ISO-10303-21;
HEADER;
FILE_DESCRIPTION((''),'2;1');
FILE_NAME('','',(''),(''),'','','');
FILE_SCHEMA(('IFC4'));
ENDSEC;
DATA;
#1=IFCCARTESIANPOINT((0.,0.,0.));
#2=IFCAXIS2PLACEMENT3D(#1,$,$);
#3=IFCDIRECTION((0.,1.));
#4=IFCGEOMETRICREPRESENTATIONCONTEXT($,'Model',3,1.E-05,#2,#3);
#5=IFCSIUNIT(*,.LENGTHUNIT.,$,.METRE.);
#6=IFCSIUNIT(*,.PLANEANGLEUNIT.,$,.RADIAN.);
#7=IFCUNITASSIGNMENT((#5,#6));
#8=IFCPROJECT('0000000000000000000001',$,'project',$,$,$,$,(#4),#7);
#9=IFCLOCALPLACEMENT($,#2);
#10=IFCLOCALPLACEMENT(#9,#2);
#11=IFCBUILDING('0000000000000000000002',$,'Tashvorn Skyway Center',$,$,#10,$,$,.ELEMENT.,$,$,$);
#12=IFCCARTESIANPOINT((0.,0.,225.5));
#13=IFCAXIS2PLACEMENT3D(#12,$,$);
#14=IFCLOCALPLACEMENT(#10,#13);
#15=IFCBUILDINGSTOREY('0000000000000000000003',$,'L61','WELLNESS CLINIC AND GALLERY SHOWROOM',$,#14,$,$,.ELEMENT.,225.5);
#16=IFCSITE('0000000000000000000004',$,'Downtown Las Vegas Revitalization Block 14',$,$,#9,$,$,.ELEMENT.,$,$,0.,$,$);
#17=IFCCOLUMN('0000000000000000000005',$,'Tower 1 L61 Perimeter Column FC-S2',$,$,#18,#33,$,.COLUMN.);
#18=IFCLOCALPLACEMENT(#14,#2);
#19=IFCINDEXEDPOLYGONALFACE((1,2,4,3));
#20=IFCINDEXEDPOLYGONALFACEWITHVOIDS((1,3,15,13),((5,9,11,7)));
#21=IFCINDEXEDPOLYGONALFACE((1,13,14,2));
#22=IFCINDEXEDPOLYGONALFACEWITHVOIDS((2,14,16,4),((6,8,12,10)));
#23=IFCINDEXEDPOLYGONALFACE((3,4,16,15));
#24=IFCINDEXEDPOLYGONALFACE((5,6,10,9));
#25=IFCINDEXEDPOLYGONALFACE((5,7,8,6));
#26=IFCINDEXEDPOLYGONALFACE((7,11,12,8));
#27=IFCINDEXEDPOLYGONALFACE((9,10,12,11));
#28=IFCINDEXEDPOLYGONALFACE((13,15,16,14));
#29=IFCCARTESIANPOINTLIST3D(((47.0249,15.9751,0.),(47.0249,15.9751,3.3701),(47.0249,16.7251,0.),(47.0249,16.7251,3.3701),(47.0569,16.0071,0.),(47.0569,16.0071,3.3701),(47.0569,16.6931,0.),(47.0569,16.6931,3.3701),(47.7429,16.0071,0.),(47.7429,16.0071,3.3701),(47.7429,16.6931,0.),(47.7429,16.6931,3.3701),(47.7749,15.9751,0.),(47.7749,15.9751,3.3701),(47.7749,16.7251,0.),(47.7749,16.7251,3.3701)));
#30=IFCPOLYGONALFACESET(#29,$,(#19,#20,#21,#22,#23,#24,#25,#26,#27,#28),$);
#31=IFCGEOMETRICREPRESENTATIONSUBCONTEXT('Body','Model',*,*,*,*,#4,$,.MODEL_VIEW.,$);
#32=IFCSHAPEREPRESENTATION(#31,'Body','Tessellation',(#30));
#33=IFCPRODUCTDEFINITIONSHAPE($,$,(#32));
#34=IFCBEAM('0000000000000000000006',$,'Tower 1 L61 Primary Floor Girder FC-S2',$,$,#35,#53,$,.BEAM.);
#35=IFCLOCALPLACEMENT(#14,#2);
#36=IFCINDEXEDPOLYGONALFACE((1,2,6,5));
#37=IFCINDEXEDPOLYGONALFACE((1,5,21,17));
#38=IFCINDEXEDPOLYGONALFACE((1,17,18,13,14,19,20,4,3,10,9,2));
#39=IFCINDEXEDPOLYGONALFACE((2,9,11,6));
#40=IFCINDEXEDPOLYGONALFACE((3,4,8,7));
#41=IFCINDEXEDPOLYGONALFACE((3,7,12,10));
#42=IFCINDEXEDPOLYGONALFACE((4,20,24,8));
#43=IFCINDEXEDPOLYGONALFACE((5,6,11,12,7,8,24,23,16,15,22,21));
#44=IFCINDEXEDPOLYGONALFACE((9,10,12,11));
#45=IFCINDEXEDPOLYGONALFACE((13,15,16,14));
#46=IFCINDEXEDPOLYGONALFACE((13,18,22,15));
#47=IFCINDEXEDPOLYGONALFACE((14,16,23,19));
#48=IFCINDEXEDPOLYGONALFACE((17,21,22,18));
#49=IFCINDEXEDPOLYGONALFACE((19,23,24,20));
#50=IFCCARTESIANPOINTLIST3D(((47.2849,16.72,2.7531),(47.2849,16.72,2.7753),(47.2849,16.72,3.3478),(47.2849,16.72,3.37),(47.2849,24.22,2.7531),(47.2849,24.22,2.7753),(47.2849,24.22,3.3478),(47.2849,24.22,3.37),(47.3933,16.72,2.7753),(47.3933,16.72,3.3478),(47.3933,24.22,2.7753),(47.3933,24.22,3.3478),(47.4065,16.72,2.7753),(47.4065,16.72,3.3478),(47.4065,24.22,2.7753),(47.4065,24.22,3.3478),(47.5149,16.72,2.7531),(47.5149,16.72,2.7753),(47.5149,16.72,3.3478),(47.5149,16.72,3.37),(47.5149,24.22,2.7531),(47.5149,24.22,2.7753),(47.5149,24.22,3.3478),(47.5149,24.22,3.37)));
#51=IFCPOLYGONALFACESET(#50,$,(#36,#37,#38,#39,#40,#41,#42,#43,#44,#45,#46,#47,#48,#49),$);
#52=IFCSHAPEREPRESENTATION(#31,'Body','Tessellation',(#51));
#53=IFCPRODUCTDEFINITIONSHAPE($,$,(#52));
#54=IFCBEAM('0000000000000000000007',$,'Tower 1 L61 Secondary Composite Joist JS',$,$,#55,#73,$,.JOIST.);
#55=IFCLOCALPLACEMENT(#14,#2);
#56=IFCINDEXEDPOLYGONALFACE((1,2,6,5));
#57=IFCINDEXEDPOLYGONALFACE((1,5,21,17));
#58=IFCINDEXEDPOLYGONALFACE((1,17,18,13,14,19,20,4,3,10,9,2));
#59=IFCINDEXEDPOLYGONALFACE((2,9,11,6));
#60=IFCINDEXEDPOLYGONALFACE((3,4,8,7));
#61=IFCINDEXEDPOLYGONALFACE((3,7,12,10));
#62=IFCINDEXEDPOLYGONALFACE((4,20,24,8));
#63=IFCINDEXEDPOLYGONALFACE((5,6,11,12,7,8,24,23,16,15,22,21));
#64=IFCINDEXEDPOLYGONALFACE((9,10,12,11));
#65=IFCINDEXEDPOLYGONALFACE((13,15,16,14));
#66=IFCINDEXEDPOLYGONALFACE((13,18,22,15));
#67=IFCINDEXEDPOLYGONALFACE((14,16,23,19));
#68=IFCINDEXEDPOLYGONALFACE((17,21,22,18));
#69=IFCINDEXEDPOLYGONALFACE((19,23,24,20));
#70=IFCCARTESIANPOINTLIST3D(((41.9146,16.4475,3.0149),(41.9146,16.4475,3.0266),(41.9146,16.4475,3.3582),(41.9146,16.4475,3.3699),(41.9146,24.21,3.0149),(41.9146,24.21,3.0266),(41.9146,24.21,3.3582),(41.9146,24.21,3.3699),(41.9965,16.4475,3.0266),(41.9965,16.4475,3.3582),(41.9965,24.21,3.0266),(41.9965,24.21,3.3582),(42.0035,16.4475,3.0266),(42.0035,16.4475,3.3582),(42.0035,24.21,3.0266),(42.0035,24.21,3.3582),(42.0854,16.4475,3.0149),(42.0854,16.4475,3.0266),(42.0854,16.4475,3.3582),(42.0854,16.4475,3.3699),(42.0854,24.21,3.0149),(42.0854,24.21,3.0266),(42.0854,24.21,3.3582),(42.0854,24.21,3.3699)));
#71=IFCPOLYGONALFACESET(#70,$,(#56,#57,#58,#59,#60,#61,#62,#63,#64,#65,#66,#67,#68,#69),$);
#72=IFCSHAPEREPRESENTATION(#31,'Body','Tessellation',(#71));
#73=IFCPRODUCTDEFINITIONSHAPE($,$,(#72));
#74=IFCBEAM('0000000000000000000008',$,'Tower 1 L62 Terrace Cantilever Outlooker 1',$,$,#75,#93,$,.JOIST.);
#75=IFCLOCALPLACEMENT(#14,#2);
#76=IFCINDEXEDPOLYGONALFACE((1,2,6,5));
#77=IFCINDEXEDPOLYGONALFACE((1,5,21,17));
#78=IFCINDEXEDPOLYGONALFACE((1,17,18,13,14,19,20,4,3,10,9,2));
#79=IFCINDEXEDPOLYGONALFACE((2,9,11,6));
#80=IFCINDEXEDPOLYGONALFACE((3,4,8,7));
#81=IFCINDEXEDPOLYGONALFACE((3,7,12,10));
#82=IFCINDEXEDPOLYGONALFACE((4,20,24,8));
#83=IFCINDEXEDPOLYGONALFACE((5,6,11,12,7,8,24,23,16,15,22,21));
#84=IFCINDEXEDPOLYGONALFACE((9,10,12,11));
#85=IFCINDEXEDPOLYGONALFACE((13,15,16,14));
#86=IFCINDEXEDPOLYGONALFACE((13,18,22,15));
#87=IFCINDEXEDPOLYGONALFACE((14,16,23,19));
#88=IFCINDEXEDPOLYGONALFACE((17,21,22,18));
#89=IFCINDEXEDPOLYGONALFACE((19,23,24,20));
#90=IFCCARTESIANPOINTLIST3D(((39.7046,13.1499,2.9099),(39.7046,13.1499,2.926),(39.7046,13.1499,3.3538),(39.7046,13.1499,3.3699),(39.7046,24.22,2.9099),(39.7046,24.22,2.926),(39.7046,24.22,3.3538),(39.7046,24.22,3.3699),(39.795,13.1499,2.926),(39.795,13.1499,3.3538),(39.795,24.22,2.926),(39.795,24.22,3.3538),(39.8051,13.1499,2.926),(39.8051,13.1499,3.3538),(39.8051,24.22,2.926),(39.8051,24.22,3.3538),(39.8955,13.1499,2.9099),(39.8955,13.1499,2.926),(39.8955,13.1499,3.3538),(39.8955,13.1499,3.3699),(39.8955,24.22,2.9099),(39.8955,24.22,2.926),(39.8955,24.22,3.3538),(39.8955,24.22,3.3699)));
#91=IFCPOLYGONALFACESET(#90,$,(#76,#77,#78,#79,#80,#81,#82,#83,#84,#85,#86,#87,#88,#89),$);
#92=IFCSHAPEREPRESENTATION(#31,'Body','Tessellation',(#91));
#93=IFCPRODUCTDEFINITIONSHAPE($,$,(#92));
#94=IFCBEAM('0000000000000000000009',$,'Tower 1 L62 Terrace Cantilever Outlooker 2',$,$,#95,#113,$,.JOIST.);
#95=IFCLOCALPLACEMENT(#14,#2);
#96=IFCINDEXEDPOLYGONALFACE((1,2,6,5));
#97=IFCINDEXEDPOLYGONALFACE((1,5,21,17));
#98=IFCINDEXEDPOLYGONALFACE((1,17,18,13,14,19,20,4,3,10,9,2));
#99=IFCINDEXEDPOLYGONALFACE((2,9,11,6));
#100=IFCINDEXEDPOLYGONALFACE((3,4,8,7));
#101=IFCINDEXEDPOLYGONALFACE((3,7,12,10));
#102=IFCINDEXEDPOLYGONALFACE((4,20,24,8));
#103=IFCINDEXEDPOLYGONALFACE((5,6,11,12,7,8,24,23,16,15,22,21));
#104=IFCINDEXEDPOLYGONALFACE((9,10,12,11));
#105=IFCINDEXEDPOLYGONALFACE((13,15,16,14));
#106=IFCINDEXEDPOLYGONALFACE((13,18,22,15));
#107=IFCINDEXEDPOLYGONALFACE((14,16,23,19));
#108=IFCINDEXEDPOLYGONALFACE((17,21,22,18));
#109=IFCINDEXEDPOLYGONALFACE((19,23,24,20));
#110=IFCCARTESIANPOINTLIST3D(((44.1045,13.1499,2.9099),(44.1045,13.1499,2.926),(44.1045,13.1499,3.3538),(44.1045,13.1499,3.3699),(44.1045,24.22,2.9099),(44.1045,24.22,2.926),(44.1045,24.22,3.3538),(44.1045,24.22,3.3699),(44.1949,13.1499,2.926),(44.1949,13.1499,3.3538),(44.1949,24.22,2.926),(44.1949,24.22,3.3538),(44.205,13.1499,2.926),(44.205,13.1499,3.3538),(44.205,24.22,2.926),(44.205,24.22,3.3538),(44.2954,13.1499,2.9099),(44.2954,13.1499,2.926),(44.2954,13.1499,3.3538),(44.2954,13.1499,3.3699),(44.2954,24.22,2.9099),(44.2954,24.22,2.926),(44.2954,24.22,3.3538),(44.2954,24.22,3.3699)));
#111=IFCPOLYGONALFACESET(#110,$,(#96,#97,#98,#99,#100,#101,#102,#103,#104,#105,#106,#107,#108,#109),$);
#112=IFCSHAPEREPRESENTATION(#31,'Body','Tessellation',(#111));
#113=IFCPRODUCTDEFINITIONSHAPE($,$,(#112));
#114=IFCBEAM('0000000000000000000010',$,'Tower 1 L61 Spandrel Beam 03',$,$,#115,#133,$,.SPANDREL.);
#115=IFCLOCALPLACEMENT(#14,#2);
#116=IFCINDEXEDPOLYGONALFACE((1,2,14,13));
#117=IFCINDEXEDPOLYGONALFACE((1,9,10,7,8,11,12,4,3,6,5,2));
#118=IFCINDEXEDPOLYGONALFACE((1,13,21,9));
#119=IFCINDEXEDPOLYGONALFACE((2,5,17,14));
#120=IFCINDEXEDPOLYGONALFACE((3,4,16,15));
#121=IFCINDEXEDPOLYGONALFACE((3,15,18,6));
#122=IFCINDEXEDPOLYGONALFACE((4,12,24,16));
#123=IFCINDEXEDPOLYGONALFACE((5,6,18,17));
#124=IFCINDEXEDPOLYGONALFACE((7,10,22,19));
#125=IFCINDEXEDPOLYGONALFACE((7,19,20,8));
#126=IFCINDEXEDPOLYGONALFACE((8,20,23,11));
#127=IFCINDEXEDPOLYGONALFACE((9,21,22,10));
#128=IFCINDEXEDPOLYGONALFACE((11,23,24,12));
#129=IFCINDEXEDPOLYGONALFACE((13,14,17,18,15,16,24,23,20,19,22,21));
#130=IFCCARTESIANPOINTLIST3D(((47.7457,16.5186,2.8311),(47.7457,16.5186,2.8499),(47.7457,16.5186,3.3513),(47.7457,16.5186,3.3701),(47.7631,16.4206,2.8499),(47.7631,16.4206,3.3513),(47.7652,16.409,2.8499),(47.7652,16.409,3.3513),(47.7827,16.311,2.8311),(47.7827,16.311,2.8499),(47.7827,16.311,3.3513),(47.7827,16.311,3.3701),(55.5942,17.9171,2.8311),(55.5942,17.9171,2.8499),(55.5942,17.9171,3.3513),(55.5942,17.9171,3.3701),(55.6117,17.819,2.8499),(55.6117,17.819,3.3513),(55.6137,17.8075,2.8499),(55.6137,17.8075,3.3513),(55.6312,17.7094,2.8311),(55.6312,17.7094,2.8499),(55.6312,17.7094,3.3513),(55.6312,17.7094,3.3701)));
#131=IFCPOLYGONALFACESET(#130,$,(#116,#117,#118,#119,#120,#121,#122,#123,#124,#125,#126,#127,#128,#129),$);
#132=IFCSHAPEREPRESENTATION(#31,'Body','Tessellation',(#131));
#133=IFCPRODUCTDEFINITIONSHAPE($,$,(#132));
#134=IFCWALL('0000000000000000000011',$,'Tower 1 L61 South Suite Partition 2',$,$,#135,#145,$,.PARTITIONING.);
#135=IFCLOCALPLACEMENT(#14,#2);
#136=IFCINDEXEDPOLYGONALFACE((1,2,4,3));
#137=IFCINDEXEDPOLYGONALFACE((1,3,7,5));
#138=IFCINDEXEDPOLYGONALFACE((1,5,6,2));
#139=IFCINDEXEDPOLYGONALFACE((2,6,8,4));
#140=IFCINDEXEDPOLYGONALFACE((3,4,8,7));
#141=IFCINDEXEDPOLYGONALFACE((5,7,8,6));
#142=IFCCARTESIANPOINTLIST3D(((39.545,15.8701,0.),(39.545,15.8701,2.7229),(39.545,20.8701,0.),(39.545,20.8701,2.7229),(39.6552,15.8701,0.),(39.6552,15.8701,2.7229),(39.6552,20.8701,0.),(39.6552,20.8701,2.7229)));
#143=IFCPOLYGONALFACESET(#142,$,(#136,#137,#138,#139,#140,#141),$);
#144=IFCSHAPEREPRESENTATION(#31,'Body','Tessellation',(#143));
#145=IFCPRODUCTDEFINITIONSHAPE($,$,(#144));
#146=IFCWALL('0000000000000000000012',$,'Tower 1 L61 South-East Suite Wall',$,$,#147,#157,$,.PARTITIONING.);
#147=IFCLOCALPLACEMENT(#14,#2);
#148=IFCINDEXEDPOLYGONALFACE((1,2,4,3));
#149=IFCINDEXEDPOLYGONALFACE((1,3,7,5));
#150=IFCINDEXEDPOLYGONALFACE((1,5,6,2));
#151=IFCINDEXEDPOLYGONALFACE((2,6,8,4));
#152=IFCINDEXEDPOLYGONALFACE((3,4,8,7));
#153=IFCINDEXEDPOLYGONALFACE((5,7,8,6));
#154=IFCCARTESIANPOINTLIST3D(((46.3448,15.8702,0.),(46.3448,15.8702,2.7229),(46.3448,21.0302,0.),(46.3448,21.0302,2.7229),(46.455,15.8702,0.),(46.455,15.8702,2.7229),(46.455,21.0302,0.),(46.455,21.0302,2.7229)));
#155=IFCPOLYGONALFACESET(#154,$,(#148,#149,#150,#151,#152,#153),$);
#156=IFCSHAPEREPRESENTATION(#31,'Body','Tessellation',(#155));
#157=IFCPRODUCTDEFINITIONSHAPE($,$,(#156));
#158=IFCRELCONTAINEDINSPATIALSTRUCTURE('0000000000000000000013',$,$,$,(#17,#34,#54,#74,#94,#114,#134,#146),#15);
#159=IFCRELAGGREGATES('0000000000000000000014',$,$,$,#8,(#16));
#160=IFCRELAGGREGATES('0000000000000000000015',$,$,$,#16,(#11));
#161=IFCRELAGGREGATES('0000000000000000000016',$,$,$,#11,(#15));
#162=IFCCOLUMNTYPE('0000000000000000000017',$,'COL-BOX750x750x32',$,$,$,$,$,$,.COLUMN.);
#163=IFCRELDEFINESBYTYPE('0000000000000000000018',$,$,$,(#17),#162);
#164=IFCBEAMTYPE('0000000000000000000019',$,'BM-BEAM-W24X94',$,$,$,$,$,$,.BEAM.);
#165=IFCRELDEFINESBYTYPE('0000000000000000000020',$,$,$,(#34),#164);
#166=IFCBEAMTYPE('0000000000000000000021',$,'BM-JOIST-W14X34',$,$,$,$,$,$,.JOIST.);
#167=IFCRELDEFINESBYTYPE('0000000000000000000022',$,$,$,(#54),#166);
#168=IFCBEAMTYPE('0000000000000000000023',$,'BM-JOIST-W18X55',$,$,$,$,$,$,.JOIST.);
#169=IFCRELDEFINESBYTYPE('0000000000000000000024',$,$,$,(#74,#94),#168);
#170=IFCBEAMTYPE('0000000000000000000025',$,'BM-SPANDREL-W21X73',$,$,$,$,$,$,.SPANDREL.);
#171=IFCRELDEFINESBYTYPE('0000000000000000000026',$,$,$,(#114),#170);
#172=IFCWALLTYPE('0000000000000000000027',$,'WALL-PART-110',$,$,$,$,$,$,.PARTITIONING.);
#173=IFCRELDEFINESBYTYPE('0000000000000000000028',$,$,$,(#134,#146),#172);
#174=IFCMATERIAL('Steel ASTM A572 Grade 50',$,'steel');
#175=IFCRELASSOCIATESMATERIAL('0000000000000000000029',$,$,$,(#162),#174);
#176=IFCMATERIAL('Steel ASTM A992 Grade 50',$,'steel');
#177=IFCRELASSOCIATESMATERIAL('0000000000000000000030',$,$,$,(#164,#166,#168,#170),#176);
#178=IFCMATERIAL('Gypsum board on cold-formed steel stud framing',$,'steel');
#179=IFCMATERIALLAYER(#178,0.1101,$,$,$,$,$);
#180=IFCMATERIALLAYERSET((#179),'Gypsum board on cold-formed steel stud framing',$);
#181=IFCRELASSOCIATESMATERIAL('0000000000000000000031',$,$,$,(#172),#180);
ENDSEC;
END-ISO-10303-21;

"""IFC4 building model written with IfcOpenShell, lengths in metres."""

from ifc_helpers import new_model, si_unit, direction, frame, frame_2d, origin, origin_2d, place, context, subcontext, project, spatial, rectangle, hollow_rectangle, i_section, extrude, material, layer, layer_set, material_profile, profile_set, type_object, element, save


model = new_model("IFC4")

# Units and contexts
model_context = context("Model", 3, precision=1e-05, world=origin(), true_north=direction((0.0, 1.0)))
body_context = subcontext(model_context, "Body", "Model", "MODEL_VIEW")
ifc_project = project(units=[si_unit("LENGTHUNIT", "METRE"), si_unit("PLANEANGLEUNIT", "RADIAN")], contexts=[model_context])

# Site, building, storey
site_placement = place(None, origin())
site = spatial("IfcSite", under=ifc_project, at=site_placement, Name="Downtown Las Vegas Revitalization Block 14", CompositionType="ELEMENT", RefElevation=0.0)
building_placement = place(site_placement, origin())
building = spatial("IfcBuilding", under=site, at=building_placement, Name="Tashvorn Skyway Center", CompositionType="ELEMENT")
storey_placement = place(building_placement, frame((0.0, 0.0, 225.5)))
storey = spatial("IfcBuildingStorey", under=building, at=storey_placement, Name="L61", Description="WELLNESS CLINIC AND GALLERY SHOWROOM", CompositionType="ELEMENT", Elevation=225.5)

# Column
ifc_material_1 = material(Name="Steel ASTM A572 Grade 50", Category="steel")
ifc_material_profile_1 = material_profile(ifc_material_1, hollow_rectangle(XDim=0.75, YDim=0.75, WallThickness=0.032, at=origin_2d()), Name="BOX750x750x32")
ifc_profile_set_1 = profile_set([ifc_material_profile_1], Name="Steel ASTM A572 Grade 50")
column_type = type_object("IfcColumnType", Name="COL-BOX750x750x32", PredefinedType="COLUMN", material=ifc_profile_set_1)
column_placement = place(storey_placement, frame((47.3999, 16.3501, 0.0), z_axis=(0.0, 0.0, 1.0), x_axis=(1.0, 0.0, 0.0)))
element("IfcColumn", 1, at=column_placement, inside=storey, type_object=column_type, Name="Tower 1 L61 Perimeter Column FC-S2", PredefinedType="COLUMN", context=body_context, shape_type="SweptSolid", body=[
    extrude(hollow_rectangle(XDim=0.75, YDim=0.75, WallThickness=0.032, at=origin_2d()), origin(), (0.0, 0.0, 1.0), 3.3701),
])

# Beams
ifc_material_2 = material(Name="Steel ASTM A992 Grade 50", Category="steel")
ifc_material_profile_2 = material_profile(ifc_material_2, i_section(OverallWidth=0.23, OverallDepth=0.6169, WebThickness=0.0132, FlangeThickness=0.0222, at=origin_2d()), Name="W24X94")
ifc_profile_set_2 = profile_set([ifc_material_profile_2], Name="Steel ASTM A992 Grade 50")
beam_type_1 = type_object("IfcBeamType", Name="BM-BEAM-W24X94", PredefinedType="BEAM", material=ifc_profile_set_2)
beam_1_placement = place(storey_placement, frame((47.3999, 16.72, 3.0615), z_axis=(0.0, 1.0, 0.0), x_axis=(-1.0, 0.0, 0.0)))
element("IfcBeam", 2, at=beam_1_placement, inside=storey, type_object=beam_type_1, Name="Tower 1 L61 Primary Floor Girder FC-S2", PredefinedType="BEAM", context=body_context, shape_type="SweptSolid", body=[
    extrude(i_section(OverallWidth=0.23, OverallDepth=0.6169, WebThickness=0.0132, FlangeThickness=0.0222, at=origin_2d()), origin(), (0.0, 0.0, 1.0), 7.5),
])
ifc_material_profile_3 = material_profile(ifc_material_2, i_section(OverallWidth=0.1709, OverallDepth=0.355, WebThickness=0.0071, FlangeThickness=0.0117, at=origin_2d()), Name="W14X34")
ifc_profile_set_3 = profile_set([ifc_material_profile_3], Name="Steel ASTM A992 Grade 50")
beam_type_2 = type_object("IfcBeamType", Name="BM-JOIST-W14X34", PredefinedType="JOIST", material=ifc_profile_set_3)
beam_2_placement = place(storey_placement, frame((42.0, 24.21, 3.1924), z_axis=(0.0, -1.0, 0.0), x_axis=(1.0, 0.0, 0.0)))
element("IfcBeam", 3, at=beam_2_placement, inside=storey, type_object=beam_type_2, Name="Tower 1 L61 Secondary Composite Joist JS", PredefinedType="JOIST", context=body_context, shape_type="SweptSolid", body=[
    extrude(i_section(OverallWidth=0.1709, OverallDepth=0.355, WebThickness=0.0071, FlangeThickness=0.0117, at=origin_2d()), origin(), (0.0, 0.0, 1.0), 7.7625),
])
ifc_material_profile_4 = material_profile(ifc_material_2, i_section(OverallWidth=0.1909, OverallDepth=0.46, WebThickness=0.01, FlangeThickness=0.0161, at=origin_2d()), Name="W18X55")
ifc_profile_set_4 = profile_set([ifc_material_profile_4], Name="Steel ASTM A992 Grade 50")
beam_type_3 = type_object("IfcBeamType", Name="BM-JOIST-W18X55", PredefinedType="JOIST", material=ifc_profile_set_4)
for number, where, z_axis, x_axis, name in (
    (4, (39.8, 24.22, 3.1399), (0.0, -1.0, 0.0), (1.0, 0.0, 0.0), "Tower 1 L62 Terrace Cantilever Outlooker 1"),
    (5, (44.2, 24.22, 3.1399), (0.0, -1.0, 0.0), (1.0, 0.0, 0.0), "Tower 1 L62 Terrace Cantilever Outlooker 2"),
):
    element("IfcBeam", number, at=place(storey_placement, frame(where, z_axis=z_axis, x_axis=x_axis)), inside=storey, type_object=beam_type_3, Name=name, PredefinedType="JOIST", context=body_context, shape_type="SweptSolid", body=[
        extrude(i_section(OverallWidth=0.1909, OverallDepth=0.46, WebThickness=0.01, FlangeThickness=0.0161, at=origin_2d()), origin(), (0.0, 0.0, 1.0), 11.0701),
    ])
ifc_material_profile_5 = material_profile(ifc_material_2, i_section(OverallWidth=0.2109, OverallDepth=0.5391, WebThickness=0.0117, FlangeThickness=0.0188, at=origin_2d()), Name="W21X73")
ifc_profile_set_5 = profile_set([ifc_material_profile_5], Name="Steel ASTM A992 Grade 50")
beam_type_4 = type_object("IfcBeamType", Name="BM-SPANDREL-W21X73", PredefinedType="SPANDREL", material=ifc_profile_set_5)
beam_3_placement = place(storey_placement, frame((47.7642, 16.4148, 3.1006), z_axis=(0.984495, 0.175413, 0.0), x_axis=(-0.175413, 0.984495, 0.0)))
element("IfcBeam", 6, at=beam_3_placement, inside=storey, type_object=beam_type_4, Name="Tower 1 L61 Spandrel Beam 03", PredefinedType="SPANDREL", context=body_context, shape_type="SweptSolid", body=[
    extrude(i_section(OverallWidth=0.2109, OverallDepth=0.5391, WebThickness=0.0117, FlangeThickness=0.0188, at=origin_2d()), origin(), (0.0, 0.0, 1.0), 7.9722),
])

# Walls
ifc_material_3 = material(Name="Gypsum board on cold-formed steel stud framing", Category="steel")
ifc_layer_1 = layer(ifc_material_3, 0.1101)
ifc_layer_set_1 = layer_set([ifc_layer_1], Name="Gypsum board on cold-formed steel stud framing")
wall_type_1 = type_object("IfcWallType", Name="WALL-PART-110", PredefinedType="PARTITIONING", material=ifc_layer_set_1)
wall_1_placement = place(storey_placement, frame((39.6001, 15.8701, 0.0), z_axis=(0.0, 0.0, 1.0), x_axis=(0.0, 1.0, 0.0)))
element("IfcWall", 7, at=wall_1_placement, inside=storey, type_object=wall_type_1, Name="Tower 1 L61 South Suite Partition 2", PredefinedType="PARTITIONING", context=body_context, shape_type="SweptSolid", body=[
    extrude(rectangle(XDim=5.0, YDim=0.1101, at=frame_2d((2.5, 0.0))), origin(), (0.0, 0.0, 1.0), 2.7229),
])
wall_2_placement = place(storey_placement, frame((46.3999, 15.8701, 0.0), z_axis=(0.0, 0.0, 1.0), x_axis=(0.0, 1.0, 0.0)))
element("IfcWall", 8, at=wall_2_placement, inside=storey, type_object=wall_type_1, Name="Tower 1 L61 South-East Suite Wall", PredefinedType="PARTITIONING", context=body_context, shape_type="SweptSolid", body=[
    extrude(rectangle(XDim=5.1599, YDim=0.1101, at=frame_2d((2.5801, 0.0))), origin(), (0.0, 0.0, 1.0), 2.7229),
])

save(model, "model.ifc")
